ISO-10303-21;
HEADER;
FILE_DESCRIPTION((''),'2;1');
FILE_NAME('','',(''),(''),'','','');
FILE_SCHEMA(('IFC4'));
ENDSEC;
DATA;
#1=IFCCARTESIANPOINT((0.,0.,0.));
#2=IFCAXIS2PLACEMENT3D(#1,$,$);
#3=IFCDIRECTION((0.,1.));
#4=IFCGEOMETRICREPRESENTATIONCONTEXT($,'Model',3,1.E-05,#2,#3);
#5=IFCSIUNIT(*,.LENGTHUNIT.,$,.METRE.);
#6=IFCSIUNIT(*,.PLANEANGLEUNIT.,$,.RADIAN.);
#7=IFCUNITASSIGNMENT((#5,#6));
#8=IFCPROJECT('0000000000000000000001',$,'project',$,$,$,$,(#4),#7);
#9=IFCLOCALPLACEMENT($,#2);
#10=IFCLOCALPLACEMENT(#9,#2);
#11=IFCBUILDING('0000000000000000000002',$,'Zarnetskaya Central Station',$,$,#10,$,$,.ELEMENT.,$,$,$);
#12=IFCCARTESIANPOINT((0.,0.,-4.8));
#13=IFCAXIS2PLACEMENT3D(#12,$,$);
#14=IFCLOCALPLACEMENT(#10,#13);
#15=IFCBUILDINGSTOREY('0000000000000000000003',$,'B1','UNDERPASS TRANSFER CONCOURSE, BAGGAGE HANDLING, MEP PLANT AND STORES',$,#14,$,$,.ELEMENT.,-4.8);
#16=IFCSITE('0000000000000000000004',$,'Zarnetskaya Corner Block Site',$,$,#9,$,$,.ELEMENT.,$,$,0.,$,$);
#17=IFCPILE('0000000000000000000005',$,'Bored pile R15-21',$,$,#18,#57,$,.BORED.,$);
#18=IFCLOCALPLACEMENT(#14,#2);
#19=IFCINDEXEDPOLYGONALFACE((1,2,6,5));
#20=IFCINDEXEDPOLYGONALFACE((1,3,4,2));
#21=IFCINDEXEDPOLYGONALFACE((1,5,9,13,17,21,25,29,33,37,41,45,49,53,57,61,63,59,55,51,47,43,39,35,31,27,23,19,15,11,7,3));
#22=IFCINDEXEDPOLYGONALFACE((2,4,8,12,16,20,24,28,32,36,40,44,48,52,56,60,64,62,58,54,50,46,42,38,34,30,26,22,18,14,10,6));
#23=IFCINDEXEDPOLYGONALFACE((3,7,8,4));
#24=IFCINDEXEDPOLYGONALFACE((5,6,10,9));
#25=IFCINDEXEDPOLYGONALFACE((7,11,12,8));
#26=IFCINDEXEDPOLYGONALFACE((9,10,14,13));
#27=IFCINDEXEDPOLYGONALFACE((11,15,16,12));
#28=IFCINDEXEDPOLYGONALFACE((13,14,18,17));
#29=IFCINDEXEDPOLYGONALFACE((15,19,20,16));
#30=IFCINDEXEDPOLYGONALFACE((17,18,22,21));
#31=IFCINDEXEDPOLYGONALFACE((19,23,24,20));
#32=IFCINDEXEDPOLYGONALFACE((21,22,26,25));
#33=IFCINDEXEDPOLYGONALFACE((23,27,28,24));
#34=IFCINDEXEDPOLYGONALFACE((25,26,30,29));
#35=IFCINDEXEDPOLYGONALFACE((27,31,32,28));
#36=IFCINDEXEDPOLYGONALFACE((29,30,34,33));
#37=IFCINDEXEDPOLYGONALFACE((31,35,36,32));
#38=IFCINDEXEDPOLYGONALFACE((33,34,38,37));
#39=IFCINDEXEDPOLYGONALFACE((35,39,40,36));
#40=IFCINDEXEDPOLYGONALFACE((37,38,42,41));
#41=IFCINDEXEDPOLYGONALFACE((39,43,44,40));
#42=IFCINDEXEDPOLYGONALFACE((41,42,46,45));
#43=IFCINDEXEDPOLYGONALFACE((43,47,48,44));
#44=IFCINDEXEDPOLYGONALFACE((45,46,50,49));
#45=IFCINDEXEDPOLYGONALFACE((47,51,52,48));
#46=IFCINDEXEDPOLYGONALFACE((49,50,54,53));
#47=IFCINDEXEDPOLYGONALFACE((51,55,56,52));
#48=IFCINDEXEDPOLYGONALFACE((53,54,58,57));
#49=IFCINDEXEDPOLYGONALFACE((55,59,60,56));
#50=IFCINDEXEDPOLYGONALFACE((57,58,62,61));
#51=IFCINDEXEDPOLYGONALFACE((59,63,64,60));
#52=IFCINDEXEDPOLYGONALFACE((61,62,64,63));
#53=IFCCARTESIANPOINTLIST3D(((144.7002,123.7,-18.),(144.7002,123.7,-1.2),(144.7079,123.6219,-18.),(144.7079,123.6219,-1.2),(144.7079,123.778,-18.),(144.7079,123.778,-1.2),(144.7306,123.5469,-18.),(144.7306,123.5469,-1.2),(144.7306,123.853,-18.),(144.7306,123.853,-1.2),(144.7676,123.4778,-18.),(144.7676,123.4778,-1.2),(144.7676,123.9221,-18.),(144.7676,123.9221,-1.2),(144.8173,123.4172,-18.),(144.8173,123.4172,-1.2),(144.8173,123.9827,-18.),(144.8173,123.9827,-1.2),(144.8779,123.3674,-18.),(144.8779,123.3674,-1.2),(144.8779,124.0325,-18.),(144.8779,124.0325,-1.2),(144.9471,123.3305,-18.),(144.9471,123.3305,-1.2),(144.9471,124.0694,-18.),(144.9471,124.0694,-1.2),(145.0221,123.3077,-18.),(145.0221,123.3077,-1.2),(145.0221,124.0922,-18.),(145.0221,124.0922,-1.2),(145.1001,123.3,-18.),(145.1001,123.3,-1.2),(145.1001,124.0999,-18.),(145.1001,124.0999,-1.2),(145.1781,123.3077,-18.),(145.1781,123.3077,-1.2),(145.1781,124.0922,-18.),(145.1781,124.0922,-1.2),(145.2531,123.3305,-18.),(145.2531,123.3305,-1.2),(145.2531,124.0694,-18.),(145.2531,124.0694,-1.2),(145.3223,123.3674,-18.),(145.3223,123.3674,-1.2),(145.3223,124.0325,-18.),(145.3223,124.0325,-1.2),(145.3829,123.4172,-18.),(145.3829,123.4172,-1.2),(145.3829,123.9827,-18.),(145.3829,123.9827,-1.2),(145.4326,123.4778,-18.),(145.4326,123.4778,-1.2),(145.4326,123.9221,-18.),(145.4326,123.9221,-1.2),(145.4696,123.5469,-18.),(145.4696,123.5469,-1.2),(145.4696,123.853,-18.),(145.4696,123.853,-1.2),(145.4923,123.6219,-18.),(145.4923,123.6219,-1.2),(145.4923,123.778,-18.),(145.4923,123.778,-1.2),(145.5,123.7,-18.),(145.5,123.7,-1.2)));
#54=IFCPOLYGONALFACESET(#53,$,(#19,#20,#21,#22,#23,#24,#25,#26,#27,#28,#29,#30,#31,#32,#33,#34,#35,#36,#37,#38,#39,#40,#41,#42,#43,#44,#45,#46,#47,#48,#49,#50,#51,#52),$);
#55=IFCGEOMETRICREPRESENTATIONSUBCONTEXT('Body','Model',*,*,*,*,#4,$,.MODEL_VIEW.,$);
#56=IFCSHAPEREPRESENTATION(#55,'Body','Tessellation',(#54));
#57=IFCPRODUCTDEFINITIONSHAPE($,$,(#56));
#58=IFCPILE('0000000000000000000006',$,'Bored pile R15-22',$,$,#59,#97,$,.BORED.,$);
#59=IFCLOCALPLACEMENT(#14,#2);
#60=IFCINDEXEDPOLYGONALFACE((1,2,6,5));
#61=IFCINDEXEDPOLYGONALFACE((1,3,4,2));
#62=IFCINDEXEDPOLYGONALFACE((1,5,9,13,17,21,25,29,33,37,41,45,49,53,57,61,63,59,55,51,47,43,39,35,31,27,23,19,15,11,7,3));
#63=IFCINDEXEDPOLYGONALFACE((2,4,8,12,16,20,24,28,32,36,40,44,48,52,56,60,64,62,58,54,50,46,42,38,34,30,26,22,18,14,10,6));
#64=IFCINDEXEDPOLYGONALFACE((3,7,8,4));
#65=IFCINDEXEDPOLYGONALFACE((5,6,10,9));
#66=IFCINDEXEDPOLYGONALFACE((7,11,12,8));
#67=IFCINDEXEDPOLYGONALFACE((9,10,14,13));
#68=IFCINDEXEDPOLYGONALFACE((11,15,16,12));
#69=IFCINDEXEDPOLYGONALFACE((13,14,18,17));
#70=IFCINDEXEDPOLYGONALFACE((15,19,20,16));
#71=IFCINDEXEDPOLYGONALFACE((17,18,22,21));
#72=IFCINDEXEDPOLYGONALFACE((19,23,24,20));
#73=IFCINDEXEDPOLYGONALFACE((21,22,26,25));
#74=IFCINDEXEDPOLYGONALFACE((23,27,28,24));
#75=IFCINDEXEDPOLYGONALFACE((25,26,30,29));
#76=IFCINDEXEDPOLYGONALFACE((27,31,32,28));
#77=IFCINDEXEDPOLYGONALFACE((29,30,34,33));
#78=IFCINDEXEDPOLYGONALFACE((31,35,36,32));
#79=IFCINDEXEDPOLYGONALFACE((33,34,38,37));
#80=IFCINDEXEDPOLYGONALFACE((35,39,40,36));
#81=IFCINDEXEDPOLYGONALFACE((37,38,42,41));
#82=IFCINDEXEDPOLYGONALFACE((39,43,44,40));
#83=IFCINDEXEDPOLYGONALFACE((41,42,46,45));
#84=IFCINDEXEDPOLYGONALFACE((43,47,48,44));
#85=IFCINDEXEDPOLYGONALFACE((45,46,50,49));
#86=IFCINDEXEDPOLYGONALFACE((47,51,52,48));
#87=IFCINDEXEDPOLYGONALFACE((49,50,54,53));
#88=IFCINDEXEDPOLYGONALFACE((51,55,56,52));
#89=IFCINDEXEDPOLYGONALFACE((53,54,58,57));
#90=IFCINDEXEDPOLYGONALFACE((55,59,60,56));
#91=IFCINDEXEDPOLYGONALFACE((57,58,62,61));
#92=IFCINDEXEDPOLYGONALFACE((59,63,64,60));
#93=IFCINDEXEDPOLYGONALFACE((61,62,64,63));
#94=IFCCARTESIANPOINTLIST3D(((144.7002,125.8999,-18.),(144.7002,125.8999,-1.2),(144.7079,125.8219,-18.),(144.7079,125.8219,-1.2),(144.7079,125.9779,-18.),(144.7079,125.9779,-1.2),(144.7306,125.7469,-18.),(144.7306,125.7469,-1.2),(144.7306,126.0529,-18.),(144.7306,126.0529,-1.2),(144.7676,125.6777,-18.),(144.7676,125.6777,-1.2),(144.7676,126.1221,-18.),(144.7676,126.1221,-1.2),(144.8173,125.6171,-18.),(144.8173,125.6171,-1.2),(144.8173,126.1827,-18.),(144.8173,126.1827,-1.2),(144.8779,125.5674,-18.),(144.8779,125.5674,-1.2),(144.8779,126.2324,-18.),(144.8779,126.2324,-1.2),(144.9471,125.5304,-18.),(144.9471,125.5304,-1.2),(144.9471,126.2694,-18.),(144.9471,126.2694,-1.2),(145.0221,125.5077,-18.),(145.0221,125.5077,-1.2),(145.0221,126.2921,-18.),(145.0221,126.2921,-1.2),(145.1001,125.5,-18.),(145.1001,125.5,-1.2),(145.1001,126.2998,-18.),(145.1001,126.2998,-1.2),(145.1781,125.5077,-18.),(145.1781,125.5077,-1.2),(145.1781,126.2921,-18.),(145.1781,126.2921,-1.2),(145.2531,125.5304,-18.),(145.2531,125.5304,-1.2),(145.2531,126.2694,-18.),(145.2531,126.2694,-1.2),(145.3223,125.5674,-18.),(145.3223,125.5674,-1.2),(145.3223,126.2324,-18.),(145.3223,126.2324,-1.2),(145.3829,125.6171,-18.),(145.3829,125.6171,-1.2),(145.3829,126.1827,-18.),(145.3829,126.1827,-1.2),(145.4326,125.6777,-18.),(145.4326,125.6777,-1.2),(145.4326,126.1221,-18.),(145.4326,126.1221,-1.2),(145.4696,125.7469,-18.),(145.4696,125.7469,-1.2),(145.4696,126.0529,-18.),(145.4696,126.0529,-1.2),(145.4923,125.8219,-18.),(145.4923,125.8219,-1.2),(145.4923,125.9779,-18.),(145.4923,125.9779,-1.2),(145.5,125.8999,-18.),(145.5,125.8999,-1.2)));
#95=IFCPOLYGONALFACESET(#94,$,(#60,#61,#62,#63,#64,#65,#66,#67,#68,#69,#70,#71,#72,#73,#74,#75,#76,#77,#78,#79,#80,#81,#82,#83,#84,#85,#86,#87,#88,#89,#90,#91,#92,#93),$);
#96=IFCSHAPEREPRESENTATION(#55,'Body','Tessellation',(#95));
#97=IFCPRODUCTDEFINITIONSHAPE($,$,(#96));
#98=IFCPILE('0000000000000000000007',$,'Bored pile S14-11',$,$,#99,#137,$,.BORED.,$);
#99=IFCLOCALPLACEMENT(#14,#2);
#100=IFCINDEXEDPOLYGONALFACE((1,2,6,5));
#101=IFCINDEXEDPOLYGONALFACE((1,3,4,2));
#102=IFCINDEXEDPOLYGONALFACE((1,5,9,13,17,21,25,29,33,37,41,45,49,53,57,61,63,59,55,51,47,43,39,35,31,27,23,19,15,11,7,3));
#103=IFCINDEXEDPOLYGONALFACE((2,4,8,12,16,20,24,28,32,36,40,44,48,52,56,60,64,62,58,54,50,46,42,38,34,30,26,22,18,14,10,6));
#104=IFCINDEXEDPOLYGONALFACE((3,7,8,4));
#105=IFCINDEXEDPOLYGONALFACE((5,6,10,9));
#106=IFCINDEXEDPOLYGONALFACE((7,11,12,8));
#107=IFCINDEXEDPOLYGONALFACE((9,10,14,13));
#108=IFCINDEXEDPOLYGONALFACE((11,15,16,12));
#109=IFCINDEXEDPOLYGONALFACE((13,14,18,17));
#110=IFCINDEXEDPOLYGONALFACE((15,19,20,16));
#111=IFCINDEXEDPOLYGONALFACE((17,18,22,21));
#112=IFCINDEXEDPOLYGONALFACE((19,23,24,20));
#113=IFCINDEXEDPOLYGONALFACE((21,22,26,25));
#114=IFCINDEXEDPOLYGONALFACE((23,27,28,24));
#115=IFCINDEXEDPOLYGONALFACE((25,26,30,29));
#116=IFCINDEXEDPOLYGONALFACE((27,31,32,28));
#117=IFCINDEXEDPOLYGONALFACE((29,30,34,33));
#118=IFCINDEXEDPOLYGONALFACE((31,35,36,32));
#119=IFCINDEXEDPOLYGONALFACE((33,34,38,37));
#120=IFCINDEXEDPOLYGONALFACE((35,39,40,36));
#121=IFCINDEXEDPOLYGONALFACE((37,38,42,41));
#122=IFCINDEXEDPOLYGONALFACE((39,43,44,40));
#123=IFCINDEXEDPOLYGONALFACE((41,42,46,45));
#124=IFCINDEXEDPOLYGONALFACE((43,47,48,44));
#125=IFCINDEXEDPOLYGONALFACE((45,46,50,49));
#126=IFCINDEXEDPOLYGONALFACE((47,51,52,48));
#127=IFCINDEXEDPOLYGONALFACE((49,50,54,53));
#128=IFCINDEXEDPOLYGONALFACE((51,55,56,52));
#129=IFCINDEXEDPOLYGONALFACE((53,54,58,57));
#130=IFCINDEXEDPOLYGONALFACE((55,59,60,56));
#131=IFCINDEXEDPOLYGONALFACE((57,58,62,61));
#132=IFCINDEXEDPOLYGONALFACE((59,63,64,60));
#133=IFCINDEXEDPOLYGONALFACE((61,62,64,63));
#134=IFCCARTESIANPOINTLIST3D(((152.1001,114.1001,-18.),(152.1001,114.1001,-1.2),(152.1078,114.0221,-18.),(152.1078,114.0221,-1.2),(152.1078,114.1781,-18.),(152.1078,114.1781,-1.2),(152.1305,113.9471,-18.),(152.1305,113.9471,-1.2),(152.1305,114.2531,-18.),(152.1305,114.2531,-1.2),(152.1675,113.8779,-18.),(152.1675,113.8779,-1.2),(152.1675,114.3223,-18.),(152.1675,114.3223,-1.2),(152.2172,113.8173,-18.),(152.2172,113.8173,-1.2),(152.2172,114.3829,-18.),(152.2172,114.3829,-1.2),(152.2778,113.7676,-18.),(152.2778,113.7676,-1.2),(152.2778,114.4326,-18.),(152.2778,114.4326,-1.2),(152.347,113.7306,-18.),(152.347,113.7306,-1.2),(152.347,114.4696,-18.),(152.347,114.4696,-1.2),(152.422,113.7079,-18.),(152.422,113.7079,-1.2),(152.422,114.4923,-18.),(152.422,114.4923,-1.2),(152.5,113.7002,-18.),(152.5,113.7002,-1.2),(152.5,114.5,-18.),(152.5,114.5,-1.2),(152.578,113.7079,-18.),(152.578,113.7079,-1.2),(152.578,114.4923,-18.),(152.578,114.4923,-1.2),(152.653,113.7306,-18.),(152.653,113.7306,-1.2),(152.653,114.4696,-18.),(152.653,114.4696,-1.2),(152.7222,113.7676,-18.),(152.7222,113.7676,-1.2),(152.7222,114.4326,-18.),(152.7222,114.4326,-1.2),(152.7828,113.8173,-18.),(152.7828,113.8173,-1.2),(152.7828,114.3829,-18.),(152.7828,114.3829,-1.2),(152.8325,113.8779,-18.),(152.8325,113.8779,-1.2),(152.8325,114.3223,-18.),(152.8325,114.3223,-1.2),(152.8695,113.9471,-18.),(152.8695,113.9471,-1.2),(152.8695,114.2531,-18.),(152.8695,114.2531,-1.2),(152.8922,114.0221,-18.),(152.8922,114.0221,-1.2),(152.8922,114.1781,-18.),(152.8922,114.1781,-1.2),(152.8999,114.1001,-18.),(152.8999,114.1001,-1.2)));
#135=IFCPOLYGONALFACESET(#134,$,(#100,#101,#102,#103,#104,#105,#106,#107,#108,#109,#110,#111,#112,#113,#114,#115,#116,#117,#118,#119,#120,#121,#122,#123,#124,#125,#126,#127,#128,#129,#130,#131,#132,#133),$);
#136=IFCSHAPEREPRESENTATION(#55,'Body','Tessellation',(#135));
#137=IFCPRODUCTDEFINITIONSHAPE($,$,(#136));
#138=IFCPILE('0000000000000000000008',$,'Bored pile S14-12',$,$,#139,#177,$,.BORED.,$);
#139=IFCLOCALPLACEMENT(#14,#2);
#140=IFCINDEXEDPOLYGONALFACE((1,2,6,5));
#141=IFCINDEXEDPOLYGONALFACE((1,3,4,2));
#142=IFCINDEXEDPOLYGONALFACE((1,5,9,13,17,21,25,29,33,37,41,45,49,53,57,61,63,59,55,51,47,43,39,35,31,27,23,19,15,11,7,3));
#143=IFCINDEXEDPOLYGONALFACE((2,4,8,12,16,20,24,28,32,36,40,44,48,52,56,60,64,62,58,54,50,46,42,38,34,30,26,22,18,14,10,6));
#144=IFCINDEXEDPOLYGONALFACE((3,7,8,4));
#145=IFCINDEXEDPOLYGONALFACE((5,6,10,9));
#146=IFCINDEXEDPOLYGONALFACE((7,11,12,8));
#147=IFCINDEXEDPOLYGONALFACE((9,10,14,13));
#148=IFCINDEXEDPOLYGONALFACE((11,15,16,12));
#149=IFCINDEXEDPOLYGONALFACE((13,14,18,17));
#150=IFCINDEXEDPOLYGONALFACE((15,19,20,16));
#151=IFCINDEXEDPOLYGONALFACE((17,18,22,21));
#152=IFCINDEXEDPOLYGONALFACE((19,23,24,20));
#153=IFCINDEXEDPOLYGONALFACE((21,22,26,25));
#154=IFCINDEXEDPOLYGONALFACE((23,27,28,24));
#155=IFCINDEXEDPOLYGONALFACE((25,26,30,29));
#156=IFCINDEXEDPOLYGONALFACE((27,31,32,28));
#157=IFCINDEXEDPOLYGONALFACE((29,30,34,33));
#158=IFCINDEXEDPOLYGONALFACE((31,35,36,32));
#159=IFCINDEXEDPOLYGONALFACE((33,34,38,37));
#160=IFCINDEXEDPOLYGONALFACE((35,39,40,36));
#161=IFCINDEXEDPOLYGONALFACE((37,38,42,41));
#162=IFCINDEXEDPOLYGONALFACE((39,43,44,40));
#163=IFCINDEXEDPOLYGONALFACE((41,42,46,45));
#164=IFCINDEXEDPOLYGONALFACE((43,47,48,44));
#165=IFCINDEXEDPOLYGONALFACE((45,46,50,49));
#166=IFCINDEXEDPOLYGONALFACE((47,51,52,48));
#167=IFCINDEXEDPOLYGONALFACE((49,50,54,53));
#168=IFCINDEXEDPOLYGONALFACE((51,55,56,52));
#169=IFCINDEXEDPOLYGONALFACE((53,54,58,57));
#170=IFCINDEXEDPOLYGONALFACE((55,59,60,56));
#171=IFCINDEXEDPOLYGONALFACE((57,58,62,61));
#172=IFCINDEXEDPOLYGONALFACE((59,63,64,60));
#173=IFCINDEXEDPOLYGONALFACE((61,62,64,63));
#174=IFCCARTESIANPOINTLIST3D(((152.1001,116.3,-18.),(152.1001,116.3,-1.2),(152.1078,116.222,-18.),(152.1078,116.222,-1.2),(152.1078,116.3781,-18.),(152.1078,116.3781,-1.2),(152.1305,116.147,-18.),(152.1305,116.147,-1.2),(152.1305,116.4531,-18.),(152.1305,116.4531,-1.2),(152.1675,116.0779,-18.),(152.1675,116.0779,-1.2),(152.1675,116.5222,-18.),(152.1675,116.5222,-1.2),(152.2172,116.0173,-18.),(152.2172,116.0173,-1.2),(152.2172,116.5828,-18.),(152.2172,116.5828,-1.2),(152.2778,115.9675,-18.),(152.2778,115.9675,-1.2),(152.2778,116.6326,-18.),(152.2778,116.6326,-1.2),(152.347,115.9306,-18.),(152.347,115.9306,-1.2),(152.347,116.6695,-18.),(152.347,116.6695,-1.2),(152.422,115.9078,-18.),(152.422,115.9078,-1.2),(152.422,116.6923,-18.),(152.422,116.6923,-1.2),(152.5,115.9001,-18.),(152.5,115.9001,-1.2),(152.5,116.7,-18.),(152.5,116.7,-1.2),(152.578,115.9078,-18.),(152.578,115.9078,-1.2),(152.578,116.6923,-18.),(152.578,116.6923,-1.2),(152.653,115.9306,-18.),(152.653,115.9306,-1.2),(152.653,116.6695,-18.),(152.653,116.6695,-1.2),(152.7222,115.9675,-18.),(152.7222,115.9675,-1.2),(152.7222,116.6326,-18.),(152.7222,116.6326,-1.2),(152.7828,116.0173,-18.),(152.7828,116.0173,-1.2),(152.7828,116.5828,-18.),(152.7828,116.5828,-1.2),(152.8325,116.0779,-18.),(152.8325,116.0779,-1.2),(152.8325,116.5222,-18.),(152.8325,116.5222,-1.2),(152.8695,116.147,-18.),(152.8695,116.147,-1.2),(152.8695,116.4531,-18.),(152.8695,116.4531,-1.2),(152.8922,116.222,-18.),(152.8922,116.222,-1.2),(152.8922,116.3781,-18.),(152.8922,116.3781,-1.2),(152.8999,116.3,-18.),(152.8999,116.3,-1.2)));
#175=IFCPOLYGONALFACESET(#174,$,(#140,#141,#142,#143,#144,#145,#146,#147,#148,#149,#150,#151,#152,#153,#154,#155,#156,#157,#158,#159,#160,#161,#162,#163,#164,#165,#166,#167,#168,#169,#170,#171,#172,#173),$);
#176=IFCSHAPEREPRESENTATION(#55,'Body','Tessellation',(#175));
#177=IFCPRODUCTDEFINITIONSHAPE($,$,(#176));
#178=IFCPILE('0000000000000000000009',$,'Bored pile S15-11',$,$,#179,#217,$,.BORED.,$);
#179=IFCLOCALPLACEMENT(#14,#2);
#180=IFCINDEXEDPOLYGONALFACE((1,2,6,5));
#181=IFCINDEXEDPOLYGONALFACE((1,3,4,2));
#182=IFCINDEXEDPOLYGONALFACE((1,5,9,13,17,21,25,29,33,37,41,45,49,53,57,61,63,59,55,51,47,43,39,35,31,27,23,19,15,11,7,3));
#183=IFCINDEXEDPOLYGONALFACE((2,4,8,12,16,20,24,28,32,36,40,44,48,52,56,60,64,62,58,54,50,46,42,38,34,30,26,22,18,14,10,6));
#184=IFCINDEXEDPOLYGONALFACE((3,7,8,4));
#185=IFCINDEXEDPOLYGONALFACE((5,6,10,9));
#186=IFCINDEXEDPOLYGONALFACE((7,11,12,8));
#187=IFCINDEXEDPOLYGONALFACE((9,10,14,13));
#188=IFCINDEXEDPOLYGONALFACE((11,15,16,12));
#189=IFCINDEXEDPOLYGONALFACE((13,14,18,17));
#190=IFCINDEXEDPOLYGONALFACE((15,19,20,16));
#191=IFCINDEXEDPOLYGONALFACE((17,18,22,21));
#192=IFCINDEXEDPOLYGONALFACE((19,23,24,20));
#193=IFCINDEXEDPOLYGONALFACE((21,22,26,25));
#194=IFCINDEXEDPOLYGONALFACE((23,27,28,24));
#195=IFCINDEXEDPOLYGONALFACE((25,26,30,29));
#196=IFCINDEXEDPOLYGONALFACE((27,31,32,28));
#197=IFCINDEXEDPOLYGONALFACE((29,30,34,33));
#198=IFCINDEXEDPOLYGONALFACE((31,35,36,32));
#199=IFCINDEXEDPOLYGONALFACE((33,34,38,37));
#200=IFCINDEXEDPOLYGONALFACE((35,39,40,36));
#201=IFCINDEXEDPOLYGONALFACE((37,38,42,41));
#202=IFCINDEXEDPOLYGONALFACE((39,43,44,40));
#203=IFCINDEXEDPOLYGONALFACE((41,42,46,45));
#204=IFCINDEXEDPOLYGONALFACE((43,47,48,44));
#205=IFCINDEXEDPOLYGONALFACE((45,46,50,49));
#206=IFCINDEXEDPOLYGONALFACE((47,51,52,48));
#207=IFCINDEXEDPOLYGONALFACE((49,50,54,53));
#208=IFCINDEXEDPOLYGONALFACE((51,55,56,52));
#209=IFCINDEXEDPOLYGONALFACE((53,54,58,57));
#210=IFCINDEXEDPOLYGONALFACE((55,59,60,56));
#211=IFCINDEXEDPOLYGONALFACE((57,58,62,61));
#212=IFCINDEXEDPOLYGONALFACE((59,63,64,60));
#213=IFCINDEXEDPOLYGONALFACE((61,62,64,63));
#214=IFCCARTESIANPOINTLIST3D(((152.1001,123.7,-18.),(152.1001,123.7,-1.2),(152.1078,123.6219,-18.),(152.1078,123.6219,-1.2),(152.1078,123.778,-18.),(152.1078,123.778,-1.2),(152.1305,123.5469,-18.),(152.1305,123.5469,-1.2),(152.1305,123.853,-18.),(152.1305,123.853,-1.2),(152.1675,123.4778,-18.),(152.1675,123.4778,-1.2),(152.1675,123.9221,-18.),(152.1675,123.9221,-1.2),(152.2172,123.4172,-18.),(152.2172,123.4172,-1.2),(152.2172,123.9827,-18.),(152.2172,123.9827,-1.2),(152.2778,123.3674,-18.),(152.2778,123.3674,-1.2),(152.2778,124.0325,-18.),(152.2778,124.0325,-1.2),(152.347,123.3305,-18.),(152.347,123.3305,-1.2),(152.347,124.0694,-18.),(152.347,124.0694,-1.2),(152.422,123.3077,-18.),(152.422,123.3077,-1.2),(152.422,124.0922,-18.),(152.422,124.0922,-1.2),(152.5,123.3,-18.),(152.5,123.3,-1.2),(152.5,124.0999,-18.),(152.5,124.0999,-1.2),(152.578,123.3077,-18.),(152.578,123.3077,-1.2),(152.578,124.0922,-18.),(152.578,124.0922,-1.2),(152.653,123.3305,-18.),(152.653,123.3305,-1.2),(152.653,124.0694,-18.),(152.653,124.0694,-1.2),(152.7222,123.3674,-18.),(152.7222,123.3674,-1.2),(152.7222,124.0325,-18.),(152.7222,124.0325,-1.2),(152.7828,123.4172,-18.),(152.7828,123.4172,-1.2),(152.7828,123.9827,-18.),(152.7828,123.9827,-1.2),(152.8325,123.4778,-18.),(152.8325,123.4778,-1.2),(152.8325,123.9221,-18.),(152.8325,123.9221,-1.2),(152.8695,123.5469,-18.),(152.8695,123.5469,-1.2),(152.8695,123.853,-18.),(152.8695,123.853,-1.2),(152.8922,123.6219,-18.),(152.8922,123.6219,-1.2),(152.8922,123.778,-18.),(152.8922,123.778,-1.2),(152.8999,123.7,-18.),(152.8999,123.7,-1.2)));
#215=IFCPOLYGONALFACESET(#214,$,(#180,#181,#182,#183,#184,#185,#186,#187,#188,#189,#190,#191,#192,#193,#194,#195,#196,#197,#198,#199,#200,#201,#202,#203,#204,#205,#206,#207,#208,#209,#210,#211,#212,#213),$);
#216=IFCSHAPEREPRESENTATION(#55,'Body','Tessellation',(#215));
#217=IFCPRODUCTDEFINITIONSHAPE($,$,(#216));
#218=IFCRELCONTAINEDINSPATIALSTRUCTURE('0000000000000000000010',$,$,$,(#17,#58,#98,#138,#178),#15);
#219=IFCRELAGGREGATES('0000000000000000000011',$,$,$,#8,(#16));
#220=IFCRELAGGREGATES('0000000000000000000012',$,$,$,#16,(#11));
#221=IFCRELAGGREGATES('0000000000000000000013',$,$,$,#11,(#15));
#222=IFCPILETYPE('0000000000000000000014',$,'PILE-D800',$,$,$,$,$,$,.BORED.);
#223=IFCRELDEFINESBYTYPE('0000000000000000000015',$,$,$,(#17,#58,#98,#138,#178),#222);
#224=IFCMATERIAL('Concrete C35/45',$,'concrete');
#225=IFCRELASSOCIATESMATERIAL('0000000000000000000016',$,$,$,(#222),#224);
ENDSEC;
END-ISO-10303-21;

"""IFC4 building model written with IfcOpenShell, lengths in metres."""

from ifc_helpers import new_model, si_unit, direction, frame, origin, origin_2d, place, context, subcontext, project, spatial, circle, extrude, material, material_profile, profile_set, type_object, element, save


model = new_model("IFC4")

# Units and contexts
model_context = context("Model", 3, precision=1e-05, world=origin(), true_north=direction((0.0, 1.0)))
body_context = subcontext(model_context, "Body", "Model", "MODEL_VIEW")
ifc_project = project(units=[si_unit("LENGTHUNIT", "METRE"), si_unit("PLANEANGLEUNIT", "RADIAN")], contexts=[model_context])

# Site, building, storey
site_placement = place(None, origin())
site = spatial("IfcSite", under=ifc_project, at=site_placement, Name="Zarnetskaya Corner Block Site", CompositionType="ELEMENT", RefElevation=0.0)
building_placement = place(site_placement, origin())
building = spatial("IfcBuilding", under=site, at=building_placement, Name="Zarnetskaya Central Station", CompositionType="ELEMENT")
storey_placement = place(building_placement, frame((0.0, 0.0, -4.8)))
storey = spatial("IfcBuildingStorey", under=building, at=storey_placement, Name="B1", Description="UNDERPASS TRANSFER CONCOURSE, BAGGAGE HANDLING, MEP PLANT AND STORES", CompositionType="ELEMENT", Elevation=-4.8)

# Shared definitions
ifc_material = material(Name="Concrete C35/45", Category="concrete")

# Piles
ifc_material_profile_1 = material_profile(ifc_material, circle(Radius=0.3999, at=origin_2d()), Name="BORED PILE D800")
ifc_profile_set_1 = profile_set([ifc_material_profile_1], Name="Concrete C35/45")
pile_type = type_object("IfcPileType", Name="PILE-D800", PredefinedType="BORED", material=ifc_profile_set_1)
for number, where, z_axis, x_axis, name in (
    (1, (145.1001, 123.7, -1.2), (0.0, 0.0, -1.0), (1.0, 0.0, 0.0), "Bored pile R15-21"),
    (2, (145.1001, 125.8999, -1.2), (0.0, 0.0, -1.0), (1.0, 0.0, 0.0), "Bored pile R15-22"),
    (3, (152.5, 114.1001, -1.2), (0.0, 0.0, -1.0), (1.0, 0.0, 0.0), "Bored pile S14-11"),
    (4, (152.5, 116.3, -1.2), (0.0, 0.0, -1.0), (1.0, 0.0, 0.0), "Bored pile S14-12"),
    (5, (152.5, 123.7, -1.2), (0.0, 0.0, -1.0), (1.0, 0.0, 0.0), "Bored pile S15-11"),
):
    element("IfcPile", number, at=place(storey_placement, frame(where, z_axis=z_axis, x_axis=x_axis)), inside=storey, type_object=pile_type, Name=name, PredefinedType="BORED", context=body_context, shape_type="SweptSolid", body=[
        extrude(circle(Radius=0.3999, at=origin_2d()), origin(), (0.0, 0.0, 1.0), 16.8),
    ])

save(model, "model.ifc")
